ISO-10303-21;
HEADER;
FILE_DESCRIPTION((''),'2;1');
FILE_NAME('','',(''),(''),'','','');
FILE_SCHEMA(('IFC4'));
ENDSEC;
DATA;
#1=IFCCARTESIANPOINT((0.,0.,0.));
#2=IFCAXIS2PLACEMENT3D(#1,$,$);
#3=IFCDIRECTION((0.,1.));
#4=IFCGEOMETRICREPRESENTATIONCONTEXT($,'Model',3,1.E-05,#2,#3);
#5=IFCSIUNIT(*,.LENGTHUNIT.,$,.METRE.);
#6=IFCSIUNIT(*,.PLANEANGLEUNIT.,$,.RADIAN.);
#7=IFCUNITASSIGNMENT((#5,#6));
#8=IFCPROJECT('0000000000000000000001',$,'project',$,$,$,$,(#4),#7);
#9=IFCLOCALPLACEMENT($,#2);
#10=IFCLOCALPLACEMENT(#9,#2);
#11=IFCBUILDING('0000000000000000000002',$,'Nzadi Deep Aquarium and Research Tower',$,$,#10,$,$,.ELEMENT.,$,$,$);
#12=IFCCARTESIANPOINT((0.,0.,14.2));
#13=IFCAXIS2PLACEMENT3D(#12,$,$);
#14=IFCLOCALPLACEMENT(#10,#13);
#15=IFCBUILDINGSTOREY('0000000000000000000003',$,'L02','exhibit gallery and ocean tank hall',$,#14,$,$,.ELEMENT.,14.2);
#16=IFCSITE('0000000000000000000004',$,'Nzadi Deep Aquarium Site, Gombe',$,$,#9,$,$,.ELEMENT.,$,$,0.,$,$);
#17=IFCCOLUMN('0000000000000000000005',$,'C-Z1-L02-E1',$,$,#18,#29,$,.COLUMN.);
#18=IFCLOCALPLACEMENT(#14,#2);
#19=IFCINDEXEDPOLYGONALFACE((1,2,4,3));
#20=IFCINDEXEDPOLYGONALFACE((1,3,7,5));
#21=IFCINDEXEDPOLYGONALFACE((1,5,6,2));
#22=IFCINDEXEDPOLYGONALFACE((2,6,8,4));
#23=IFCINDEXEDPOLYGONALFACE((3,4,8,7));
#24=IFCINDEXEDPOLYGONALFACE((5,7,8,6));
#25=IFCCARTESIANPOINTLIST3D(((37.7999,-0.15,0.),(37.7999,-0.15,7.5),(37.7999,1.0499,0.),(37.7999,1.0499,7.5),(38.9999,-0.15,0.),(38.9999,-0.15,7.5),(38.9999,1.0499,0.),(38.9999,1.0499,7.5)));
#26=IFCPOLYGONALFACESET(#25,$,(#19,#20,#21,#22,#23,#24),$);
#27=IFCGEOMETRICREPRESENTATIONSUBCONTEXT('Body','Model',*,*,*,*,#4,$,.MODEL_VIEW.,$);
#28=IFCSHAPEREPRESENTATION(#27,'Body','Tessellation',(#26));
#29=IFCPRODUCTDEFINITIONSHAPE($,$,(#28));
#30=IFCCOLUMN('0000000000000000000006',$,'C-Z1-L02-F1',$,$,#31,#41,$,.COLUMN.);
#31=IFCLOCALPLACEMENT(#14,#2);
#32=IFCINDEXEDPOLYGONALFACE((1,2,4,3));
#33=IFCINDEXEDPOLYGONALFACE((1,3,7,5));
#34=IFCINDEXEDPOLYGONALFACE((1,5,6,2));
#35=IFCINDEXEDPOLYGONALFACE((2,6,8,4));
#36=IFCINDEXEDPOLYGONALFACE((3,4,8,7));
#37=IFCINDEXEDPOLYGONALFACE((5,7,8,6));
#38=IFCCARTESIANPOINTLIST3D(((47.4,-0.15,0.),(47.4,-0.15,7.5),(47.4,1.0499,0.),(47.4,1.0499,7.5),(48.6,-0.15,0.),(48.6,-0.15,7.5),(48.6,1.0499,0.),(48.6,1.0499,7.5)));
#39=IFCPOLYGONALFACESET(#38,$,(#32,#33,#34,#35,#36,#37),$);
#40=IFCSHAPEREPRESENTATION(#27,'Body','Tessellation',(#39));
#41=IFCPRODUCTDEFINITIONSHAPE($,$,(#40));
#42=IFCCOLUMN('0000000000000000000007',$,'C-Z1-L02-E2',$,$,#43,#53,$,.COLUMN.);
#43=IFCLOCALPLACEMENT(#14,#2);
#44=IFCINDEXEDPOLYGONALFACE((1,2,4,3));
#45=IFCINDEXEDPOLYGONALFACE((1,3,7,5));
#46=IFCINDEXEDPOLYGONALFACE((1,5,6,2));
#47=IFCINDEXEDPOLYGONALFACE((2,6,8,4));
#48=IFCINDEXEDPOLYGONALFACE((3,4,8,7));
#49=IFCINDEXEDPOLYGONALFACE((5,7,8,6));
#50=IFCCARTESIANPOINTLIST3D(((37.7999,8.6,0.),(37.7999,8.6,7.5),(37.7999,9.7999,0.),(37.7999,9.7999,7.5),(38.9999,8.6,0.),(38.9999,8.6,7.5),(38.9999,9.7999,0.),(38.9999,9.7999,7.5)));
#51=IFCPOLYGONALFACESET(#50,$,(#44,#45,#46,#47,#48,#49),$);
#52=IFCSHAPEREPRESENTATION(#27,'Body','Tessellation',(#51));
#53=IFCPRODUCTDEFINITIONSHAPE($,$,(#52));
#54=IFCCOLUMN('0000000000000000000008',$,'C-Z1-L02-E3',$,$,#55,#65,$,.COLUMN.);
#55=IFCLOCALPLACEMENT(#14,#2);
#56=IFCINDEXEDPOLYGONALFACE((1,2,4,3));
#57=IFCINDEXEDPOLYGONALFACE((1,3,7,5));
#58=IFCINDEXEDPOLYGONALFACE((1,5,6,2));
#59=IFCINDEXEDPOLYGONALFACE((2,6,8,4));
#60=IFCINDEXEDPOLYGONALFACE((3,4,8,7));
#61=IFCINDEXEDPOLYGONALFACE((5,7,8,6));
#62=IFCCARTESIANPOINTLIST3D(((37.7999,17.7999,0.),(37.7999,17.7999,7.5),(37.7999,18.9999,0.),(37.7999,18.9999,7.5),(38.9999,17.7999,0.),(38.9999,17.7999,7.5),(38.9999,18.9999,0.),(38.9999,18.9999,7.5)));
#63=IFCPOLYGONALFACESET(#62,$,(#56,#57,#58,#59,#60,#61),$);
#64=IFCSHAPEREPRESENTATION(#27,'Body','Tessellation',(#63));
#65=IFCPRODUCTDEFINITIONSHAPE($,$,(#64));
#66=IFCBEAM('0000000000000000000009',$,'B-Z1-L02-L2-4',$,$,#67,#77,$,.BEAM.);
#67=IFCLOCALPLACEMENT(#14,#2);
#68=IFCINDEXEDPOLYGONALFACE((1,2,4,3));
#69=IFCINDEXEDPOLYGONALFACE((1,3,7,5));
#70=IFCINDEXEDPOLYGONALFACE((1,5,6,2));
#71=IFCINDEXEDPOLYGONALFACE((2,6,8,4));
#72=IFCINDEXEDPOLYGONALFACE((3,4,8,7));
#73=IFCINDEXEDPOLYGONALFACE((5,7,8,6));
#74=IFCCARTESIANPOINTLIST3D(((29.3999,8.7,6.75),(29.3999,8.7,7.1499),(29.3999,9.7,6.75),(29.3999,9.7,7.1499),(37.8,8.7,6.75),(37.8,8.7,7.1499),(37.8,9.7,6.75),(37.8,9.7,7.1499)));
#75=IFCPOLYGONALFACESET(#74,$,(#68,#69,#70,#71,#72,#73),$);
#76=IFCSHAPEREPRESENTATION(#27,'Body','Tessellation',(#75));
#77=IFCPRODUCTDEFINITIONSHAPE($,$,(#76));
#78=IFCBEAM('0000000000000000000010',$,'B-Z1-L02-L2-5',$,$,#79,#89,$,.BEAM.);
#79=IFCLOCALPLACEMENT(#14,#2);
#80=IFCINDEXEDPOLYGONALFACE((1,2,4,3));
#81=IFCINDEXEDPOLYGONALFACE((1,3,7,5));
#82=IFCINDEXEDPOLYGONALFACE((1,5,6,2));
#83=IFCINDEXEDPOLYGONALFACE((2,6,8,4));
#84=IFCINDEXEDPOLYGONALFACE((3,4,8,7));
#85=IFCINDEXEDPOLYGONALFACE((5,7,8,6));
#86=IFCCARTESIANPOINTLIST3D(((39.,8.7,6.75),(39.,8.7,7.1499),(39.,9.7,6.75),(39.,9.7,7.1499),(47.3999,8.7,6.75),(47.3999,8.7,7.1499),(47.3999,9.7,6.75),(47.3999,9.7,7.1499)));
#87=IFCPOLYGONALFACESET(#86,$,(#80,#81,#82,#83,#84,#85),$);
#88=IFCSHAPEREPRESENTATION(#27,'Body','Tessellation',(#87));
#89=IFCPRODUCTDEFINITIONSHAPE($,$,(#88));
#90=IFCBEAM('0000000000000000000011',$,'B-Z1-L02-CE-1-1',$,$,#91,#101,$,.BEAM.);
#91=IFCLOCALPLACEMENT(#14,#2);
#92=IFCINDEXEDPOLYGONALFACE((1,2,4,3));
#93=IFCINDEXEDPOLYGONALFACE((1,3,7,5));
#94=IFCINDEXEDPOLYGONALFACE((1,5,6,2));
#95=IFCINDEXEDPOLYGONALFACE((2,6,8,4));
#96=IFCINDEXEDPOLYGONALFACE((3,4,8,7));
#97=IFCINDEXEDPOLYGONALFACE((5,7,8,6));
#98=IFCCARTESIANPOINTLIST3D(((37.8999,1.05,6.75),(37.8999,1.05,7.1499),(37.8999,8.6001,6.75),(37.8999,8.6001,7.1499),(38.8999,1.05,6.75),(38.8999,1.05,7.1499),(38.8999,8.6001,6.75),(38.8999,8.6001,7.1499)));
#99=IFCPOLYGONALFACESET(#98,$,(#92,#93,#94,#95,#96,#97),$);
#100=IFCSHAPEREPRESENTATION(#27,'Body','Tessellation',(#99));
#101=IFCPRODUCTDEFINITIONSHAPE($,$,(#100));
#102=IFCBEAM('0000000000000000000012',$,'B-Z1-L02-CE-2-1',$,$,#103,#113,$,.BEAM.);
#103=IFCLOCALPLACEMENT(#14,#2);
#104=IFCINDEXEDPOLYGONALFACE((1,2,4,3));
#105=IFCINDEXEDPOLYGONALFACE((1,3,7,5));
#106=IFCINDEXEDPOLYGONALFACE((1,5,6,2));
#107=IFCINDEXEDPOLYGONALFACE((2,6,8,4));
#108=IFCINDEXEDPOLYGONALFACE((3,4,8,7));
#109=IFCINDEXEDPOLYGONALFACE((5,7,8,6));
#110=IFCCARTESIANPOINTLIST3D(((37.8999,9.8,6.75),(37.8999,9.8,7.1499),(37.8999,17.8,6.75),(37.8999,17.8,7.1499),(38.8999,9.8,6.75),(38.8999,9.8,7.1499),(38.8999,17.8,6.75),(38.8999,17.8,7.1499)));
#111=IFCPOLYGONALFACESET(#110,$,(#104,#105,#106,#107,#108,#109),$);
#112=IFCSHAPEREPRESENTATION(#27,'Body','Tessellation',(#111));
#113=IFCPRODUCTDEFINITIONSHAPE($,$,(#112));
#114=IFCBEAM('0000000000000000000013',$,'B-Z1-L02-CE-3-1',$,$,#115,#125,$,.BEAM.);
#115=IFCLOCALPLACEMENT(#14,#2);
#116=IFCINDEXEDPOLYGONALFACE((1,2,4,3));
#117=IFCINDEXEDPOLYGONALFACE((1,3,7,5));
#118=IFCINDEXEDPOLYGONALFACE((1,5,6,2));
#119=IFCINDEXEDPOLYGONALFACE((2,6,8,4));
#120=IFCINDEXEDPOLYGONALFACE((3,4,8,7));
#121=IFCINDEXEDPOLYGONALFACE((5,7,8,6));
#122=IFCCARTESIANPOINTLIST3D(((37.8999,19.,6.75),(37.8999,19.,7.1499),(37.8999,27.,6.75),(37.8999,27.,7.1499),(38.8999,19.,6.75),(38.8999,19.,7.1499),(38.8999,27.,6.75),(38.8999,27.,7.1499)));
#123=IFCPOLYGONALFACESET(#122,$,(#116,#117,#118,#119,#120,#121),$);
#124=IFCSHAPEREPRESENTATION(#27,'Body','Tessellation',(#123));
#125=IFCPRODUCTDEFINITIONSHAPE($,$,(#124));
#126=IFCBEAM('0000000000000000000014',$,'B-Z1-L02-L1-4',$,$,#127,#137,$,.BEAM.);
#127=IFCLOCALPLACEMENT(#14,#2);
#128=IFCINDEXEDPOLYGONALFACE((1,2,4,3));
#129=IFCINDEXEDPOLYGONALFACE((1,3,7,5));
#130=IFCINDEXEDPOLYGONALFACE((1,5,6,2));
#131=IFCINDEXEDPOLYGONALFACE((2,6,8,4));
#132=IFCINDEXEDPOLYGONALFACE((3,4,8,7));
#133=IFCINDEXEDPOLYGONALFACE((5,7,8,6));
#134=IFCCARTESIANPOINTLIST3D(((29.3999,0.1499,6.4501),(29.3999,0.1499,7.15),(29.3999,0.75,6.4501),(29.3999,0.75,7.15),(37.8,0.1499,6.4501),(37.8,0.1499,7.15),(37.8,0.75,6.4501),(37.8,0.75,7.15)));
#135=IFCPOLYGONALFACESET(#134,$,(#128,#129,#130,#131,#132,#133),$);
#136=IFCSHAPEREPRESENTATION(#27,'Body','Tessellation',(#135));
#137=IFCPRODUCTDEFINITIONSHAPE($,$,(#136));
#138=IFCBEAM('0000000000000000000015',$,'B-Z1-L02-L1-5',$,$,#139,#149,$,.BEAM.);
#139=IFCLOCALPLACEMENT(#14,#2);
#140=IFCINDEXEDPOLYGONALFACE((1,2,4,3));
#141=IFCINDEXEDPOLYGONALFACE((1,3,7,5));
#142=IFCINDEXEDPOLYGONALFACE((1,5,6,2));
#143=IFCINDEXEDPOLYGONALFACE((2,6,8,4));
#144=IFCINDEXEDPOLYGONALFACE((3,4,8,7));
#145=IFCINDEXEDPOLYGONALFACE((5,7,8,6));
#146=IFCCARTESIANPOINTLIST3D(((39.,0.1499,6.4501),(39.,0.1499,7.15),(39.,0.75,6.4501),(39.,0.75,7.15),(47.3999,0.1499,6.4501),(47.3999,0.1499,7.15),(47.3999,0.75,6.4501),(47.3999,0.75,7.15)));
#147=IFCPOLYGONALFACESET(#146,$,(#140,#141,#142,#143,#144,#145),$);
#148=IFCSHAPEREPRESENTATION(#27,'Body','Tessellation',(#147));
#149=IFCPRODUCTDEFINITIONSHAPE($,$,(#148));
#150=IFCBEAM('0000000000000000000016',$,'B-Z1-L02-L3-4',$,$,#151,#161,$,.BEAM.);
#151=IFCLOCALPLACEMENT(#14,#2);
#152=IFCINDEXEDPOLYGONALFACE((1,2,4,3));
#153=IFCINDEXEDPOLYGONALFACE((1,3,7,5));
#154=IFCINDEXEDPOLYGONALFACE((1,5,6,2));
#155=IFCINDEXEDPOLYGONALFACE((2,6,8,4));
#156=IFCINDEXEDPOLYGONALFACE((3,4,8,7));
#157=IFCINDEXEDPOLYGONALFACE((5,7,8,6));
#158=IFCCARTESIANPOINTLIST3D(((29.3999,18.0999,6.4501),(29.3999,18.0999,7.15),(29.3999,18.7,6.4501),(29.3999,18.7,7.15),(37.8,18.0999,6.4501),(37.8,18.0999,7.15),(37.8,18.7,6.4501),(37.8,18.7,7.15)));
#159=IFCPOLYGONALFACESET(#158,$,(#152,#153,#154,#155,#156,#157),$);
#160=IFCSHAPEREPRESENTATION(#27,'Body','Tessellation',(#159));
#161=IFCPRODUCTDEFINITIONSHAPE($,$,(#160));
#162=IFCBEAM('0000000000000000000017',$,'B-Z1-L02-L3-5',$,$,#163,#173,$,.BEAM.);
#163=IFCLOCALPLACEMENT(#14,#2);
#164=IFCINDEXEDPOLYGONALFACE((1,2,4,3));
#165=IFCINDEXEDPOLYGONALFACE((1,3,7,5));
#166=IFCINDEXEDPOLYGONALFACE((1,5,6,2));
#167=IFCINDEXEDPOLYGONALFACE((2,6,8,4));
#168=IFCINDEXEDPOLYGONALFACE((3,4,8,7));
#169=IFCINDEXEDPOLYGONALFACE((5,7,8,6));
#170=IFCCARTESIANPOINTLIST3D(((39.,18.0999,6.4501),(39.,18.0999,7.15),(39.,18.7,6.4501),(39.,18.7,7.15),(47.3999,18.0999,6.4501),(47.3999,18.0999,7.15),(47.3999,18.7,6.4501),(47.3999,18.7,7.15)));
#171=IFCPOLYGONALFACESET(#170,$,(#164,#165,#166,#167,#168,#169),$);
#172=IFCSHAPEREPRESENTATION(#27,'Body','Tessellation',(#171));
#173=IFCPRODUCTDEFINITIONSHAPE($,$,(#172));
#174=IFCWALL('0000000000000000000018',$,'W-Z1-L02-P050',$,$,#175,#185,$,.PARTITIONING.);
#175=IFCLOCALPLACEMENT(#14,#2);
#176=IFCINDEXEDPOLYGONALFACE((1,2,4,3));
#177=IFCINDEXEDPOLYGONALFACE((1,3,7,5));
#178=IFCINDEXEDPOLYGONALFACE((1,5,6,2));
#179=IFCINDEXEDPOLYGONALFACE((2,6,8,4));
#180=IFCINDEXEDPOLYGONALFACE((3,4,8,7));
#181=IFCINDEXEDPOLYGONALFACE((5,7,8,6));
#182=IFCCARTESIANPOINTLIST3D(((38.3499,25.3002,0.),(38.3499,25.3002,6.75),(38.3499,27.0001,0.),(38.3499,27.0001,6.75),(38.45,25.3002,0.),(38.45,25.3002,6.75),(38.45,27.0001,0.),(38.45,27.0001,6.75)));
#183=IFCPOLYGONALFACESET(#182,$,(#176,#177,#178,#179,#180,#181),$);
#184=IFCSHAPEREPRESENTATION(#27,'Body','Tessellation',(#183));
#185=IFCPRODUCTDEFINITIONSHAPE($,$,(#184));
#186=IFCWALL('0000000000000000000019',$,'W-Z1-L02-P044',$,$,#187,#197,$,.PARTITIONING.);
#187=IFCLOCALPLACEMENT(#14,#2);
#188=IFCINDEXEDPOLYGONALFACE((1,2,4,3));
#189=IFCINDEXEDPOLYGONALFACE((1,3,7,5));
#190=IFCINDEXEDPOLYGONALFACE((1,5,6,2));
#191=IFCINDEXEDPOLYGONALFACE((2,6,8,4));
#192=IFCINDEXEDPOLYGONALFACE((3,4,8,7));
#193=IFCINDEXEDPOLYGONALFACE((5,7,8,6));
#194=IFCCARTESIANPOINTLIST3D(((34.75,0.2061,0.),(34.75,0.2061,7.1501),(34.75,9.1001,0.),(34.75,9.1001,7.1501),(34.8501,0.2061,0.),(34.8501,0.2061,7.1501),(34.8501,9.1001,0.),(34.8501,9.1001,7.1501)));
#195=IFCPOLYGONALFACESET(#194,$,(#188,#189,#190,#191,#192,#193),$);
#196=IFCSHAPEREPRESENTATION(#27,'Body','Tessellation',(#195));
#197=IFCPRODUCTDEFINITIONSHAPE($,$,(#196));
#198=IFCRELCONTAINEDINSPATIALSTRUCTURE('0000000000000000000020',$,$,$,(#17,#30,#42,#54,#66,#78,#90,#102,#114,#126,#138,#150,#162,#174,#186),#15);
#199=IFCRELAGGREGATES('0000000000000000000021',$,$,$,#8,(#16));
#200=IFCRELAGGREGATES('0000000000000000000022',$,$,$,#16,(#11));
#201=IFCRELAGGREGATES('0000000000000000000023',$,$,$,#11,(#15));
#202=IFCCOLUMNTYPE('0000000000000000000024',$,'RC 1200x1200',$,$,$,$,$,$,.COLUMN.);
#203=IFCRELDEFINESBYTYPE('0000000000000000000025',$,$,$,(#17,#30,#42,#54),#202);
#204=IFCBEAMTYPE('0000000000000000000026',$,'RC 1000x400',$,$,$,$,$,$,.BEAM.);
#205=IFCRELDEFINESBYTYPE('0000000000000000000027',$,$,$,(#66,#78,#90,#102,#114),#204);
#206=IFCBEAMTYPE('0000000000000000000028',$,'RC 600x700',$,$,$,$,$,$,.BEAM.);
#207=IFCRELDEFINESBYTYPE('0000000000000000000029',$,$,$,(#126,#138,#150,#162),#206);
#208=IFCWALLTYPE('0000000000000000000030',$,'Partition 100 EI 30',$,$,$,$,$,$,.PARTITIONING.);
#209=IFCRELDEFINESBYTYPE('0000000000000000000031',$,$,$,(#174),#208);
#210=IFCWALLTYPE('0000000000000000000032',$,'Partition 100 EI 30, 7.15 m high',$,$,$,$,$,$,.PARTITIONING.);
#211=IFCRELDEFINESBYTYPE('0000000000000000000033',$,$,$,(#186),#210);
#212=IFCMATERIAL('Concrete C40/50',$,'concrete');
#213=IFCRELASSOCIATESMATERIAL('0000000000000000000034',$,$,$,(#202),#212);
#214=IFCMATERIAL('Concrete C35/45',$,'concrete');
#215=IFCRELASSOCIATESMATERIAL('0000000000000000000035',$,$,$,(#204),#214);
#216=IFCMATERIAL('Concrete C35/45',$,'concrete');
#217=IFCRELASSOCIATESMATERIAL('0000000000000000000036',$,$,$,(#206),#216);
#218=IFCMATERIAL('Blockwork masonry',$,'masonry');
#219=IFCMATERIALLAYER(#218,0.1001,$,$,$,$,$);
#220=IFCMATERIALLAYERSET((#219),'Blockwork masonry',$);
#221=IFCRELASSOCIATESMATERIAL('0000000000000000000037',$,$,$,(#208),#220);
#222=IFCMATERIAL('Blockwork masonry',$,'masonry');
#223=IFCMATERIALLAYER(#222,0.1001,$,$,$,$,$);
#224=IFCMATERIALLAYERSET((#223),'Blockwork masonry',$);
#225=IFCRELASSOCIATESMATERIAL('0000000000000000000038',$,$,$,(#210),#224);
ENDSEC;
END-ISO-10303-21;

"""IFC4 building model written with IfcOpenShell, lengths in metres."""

from ifc_helpers import new_model, si_unit, direction, frame, frame_2d, origin, origin_2d, place, context, subcontext, project, spatial, rectangle, extrude, material, layer, layer_set, material_profile, profile_set, type_object, element, save


model = new_model("IFC4")

# Units and contexts
model_context = context("Model", 3, precision=1e-05, world=origin(), true_north=direction((0.0, 1.0)))
body_context = subcontext(model_context, "Body", "Model", "MODEL_VIEW")
ifc_project = project(units=[si_unit("LENGTHUNIT", "METRE"), si_unit("PLANEANGLEUNIT", "RADIAN")], contexts=[model_context])

# Site, building, storey
site_placement = place(None, origin())
site = spatial("IfcSite", under=ifc_project, at=site_placement, Name="Nzadi Deep Aquarium Site, Gombe", CompositionType="ELEMENT", RefElevation=0.0)
building_placement = place(site_placement, origin())
building = spatial("IfcBuilding", under=site, at=building_placement, Name="Nzadi Deep Aquarium and Research Tower", CompositionType="ELEMENT")
storey_placement = place(building_placement, frame((0.0, 0.0, 14.2)))
storey = spatial("IfcBuildingStorey", under=building, at=storey_placement, Name="L02", Description="exhibit gallery and ocean tank hall", CompositionType="ELEMENT", Elevation=14.2)

# Columns
ifc_material_1 = material(Name="Concrete C40/50", Category="concrete")
ifc_material_profile_1 = material_profile(ifc_material_1, rectangle(XDim=1.2, YDim=1.2, at=origin_2d()))
ifc_profile_set_1 = profile_set([ifc_material_profile_1], Name="Concrete C40/50")
column_type = type_object("IfcColumnType", Name="RC 1200x1200", PredefinedType="COLUMN", material=ifc_profile_set_1)
for number, where, z_axis, x_axis, name in (
    (1, (38.3999, 0.45, 0.0), (0.0, 0.0, 1.0), (1.0, 0.0, 0.0), "C-Z1-L02-E1"),
    (2, (48.0, 0.45, 0.0), (0.0, 0.0, 1.0), (1.0, 0.0, 0.0), "C-Z1-L02-F1"),
    (3, (38.3999, 9.2, 0.0), (0.0, 0.0, 1.0), (1.0, 0.0, 0.0), "C-Z1-L02-E2"),
    (4, (38.3999, 18.3999, 0.0), (0.0, 0.0, 1.0), (1.0, 0.0, 0.0), "C-Z1-L02-E3"),
):
    element("IfcColumn", number, at=place(storey_placement, frame(where, z_axis=z_axis, x_axis=x_axis)), inside=storey, type_object=column_type, Name=name, PredefinedType="COLUMN", context=body_context, shape_type="SweptSolid", body=[
        extrude(rectangle(XDim=1.2, YDim=1.2, at=origin_2d()), origin(), (0.0, 0.0, 1.0), 7.5),
    ])

# Beams
ifc_material_2 = material(Name="Concrete C35/45", Category="concrete")
ifc_material_profile_2 = material_profile(ifc_material_2, rectangle(XDim=1.0, YDim=0.3999, at=origin_2d()))
ifc_profile_set_2 = profile_set([ifc_material_profile_2], Name="Concrete C35/45")
beam_type_1 = type_object("IfcBeamType", Name="RC 1000x400", PredefinedType="BEAM", material=ifc_profile_set_2)
beam_1_placement = place(storey_placement, frame((29.3999, 9.2, 6.95), z_axis=(1.0, 0.0, 0.0), x_axis=(0.0, 1.0, 0.0)))
element("IfcBeam", 5, at=beam_1_placement, inside=storey, type_object=beam_type_1, Name="B-Z1-L02-L2-4", PredefinedType="BEAM", context=body_context, shape_type="SweptSolid", body=[
    extrude(rectangle(XDim=1.0, YDim=0.3999, at=origin_2d()), origin(), (0.0, 0.0, 1.0), 8.4001),
])
beam_2_placement = place(storey_placement, frame((39.0, 9.2, 6.95), z_axis=(1.0, 0.0, 0.0), x_axis=(0.0, 1.0, 0.0)))
element("IfcBeam", 6, at=beam_2_placement, inside=storey, type_object=beam_type_1, Name="B-Z1-L02-L2-5", PredefinedType="BEAM", context=body_context, shape_type="SweptSolid", body=[
    extrude(rectangle(XDim=1.0, YDim=0.3999, at=origin_2d()), origin(), (0.0, 0.0, 1.0), 8.3999),
])
beam_3_placement = place(storey_placement, frame((38.3999, 1.05, 6.95), z_axis=(0.0, 1.0, 0.0), x_axis=(-1.0, 0.0, 0.0)))
element("IfcBeam", 7, at=beam_3_placement, inside=storey, type_object=beam_type_1, Name="B-Z1-L02-CE-1-1", PredefinedType="BEAM", context=body_context, shape_type="SweptSolid", body=[
    extrude(rectangle(XDim=1.0, YDim=0.3999, at=origin_2d()), origin(), (0.0, 0.0, 1.0), 7.55),
])
for number, where, z_axis, x_axis, name in (
    (8, (38.3999, 9.8, 6.95), (0.0, 1.0, 0.0), (-1.0, 0.0, 0.0), "B-Z1-L02-CE-2-1"),
    (9, (38.3999, 19.0, 6.95), (0.0, 1.0, 0.0), (-1.0, 0.0, 0.0), "B-Z1-L02-CE-3-1"),
):
    element("IfcBeam", number, at=place(storey_placement, frame(where, z_axis=z_axis, x_axis=x_axis)), inside=storey, type_object=beam_type_1, Name=name, PredefinedType="BEAM", context=body_context, shape_type="SweptSolid", body=[
        extrude(rectangle(XDim=1.0, YDim=0.3999, at=origin_2d()), origin(), (0.0, 0.0, 1.0), 8.0),
    ])
ifc_material_3 = material(Name="Concrete C35/45", Category="concrete")
ifc_material_profile_3 = material_profile(ifc_material_3, rectangle(XDim=0.6001, YDim=0.7, at=origin_2d()))
ifc_profile_set_3 = profile_set([ifc_material_profile_3], Name="Concrete C35/45")
beam_type_2 = type_object("IfcBeamType", Name="RC 600x700", PredefinedType="BEAM", material=ifc_profile_set_3)
beam_4_placement = place(storey_placement, frame((29.3999, 0.45, 6.8), z_axis=(1.0, 0.0, 0.0), x_axis=(0.0, 1.0, 0.0)))
element("IfcBeam", 10, at=beam_4_placement, inside=storey, type_object=beam_type_2, Name="B-Z1-L02-L1-4", PredefinedType="BEAM", context=body_context, shape_type="SweptSolid", body=[
    extrude(rectangle(XDim=0.6001, YDim=0.7, at=origin_2d()), origin(), (0.0, 0.0, 1.0), 8.4001),
])
beam_5_placement = place(storey_placement, frame((39.0, 0.45, 6.8), z_axis=(1.0, 0.0, 0.0), x_axis=(0.0, 1.0, 0.0)))
element("IfcBeam", 11, at=beam_5_placement, inside=storey, type_object=beam_type_2, Name="B-Z1-L02-L1-5", PredefinedType="BEAM", context=body_context, shape_type="SweptSolid", body=[
    extrude(rectangle(XDim=0.6001, YDim=0.7, at=origin_2d()), origin(), (0.0, 0.0, 1.0), 8.3999),
])
beam_6_placement = place(storey_placement, frame((29.3999, 18.3999, 6.8), z_axis=(1.0, 0.0, 0.0), x_axis=(0.0, 1.0, 0.0)))
element("IfcBeam", 12, at=beam_6_placement, inside=storey, type_object=beam_type_2, Name="B-Z1-L02-L3-4", PredefinedType="BEAM", context=body_context, shape_type="SweptSolid", body=[
    extrude(rectangle(XDim=0.6001, YDim=0.7, at=origin_2d()), origin(), (0.0, 0.0, 1.0), 8.4001),
])
beam_7_placement = place(storey_placement, frame((39.0, 18.3999, 6.8), z_axis=(1.0, 0.0, 0.0), x_axis=(0.0, 1.0, 0.0)))
element("IfcBeam", 13, at=beam_7_placement, inside=storey, type_object=beam_type_2, Name="B-Z1-L02-L3-5", PredefinedType="BEAM", context=body_context, shape_type="SweptSolid", body=[
    extrude(rectangle(XDim=0.6001, YDim=0.7, at=origin_2d()), origin(), (0.0, 0.0, 1.0), 8.3999),
])

# Walls
ifc_material_4 = material(Name="Blockwork masonry", Category="masonry")
ifc_layer_1 = layer(ifc_material_4, 0.1001)
ifc_layer_set_1 = layer_set([ifc_layer_1], Name="Blockwork masonry")
wall_type_1 = type_object("IfcWallType", Name="Partition 100 EI 30", PredefinedType="PARTITIONING", material=ifc_layer_set_1)
wall_1_placement = place(storey_placement, frame((38.3999, 25.3, 0.0), z_axis=(0.0, 0.0, 1.0), x_axis=(0.0, 1.0, 0.0)))
element("IfcWall", 14, at=wall_1_placement, inside=storey, type_object=wall_type_1, Name="W-Z1-L02-P050", PredefinedType="PARTITIONING", context=body_context, shape_type="SweptSolid", body=[
    extrude(rectangle(XDim=1.7, YDim=0.1001, at=frame_2d((0.8501, 0.0))), origin(), (0.0, 0.0, 1.0), 6.75),
])
ifc_material_5 = material(Name="Blockwork masonry", Category="masonry")
ifc_layer_2 = layer(ifc_material_5, 0.1001)
ifc_layer_set_2 = layer_set([ifc_layer_2], Name="Blockwork masonry")
wall_type_2 = type_object("IfcWallType", Name="Partition 100 EI 30, 7.15 m high", PredefinedType="PARTITIONING", material=ifc_layer_set_2)
wall_2_placement = place(storey_placement, frame((34.8, 0.2061, 0.0), z_axis=(0.0, 0.0, 1.0), x_axis=(0.0, 1.0, 0.0)))
element("IfcWall", 15, at=wall_2_placement, inside=storey, type_object=wall_type_2, Name="W-Z1-L02-P044", PredefinedType="PARTITIONING", context=body_context, shape_type="SweptSolid", body=[
    extrude(rectangle(XDim=8.894, YDim=0.1001, at=frame_2d((4.447, 0.0))), origin(), (0.0, 0.0, 1.0), 7.1501),
])

save(model, "model.ifc")
